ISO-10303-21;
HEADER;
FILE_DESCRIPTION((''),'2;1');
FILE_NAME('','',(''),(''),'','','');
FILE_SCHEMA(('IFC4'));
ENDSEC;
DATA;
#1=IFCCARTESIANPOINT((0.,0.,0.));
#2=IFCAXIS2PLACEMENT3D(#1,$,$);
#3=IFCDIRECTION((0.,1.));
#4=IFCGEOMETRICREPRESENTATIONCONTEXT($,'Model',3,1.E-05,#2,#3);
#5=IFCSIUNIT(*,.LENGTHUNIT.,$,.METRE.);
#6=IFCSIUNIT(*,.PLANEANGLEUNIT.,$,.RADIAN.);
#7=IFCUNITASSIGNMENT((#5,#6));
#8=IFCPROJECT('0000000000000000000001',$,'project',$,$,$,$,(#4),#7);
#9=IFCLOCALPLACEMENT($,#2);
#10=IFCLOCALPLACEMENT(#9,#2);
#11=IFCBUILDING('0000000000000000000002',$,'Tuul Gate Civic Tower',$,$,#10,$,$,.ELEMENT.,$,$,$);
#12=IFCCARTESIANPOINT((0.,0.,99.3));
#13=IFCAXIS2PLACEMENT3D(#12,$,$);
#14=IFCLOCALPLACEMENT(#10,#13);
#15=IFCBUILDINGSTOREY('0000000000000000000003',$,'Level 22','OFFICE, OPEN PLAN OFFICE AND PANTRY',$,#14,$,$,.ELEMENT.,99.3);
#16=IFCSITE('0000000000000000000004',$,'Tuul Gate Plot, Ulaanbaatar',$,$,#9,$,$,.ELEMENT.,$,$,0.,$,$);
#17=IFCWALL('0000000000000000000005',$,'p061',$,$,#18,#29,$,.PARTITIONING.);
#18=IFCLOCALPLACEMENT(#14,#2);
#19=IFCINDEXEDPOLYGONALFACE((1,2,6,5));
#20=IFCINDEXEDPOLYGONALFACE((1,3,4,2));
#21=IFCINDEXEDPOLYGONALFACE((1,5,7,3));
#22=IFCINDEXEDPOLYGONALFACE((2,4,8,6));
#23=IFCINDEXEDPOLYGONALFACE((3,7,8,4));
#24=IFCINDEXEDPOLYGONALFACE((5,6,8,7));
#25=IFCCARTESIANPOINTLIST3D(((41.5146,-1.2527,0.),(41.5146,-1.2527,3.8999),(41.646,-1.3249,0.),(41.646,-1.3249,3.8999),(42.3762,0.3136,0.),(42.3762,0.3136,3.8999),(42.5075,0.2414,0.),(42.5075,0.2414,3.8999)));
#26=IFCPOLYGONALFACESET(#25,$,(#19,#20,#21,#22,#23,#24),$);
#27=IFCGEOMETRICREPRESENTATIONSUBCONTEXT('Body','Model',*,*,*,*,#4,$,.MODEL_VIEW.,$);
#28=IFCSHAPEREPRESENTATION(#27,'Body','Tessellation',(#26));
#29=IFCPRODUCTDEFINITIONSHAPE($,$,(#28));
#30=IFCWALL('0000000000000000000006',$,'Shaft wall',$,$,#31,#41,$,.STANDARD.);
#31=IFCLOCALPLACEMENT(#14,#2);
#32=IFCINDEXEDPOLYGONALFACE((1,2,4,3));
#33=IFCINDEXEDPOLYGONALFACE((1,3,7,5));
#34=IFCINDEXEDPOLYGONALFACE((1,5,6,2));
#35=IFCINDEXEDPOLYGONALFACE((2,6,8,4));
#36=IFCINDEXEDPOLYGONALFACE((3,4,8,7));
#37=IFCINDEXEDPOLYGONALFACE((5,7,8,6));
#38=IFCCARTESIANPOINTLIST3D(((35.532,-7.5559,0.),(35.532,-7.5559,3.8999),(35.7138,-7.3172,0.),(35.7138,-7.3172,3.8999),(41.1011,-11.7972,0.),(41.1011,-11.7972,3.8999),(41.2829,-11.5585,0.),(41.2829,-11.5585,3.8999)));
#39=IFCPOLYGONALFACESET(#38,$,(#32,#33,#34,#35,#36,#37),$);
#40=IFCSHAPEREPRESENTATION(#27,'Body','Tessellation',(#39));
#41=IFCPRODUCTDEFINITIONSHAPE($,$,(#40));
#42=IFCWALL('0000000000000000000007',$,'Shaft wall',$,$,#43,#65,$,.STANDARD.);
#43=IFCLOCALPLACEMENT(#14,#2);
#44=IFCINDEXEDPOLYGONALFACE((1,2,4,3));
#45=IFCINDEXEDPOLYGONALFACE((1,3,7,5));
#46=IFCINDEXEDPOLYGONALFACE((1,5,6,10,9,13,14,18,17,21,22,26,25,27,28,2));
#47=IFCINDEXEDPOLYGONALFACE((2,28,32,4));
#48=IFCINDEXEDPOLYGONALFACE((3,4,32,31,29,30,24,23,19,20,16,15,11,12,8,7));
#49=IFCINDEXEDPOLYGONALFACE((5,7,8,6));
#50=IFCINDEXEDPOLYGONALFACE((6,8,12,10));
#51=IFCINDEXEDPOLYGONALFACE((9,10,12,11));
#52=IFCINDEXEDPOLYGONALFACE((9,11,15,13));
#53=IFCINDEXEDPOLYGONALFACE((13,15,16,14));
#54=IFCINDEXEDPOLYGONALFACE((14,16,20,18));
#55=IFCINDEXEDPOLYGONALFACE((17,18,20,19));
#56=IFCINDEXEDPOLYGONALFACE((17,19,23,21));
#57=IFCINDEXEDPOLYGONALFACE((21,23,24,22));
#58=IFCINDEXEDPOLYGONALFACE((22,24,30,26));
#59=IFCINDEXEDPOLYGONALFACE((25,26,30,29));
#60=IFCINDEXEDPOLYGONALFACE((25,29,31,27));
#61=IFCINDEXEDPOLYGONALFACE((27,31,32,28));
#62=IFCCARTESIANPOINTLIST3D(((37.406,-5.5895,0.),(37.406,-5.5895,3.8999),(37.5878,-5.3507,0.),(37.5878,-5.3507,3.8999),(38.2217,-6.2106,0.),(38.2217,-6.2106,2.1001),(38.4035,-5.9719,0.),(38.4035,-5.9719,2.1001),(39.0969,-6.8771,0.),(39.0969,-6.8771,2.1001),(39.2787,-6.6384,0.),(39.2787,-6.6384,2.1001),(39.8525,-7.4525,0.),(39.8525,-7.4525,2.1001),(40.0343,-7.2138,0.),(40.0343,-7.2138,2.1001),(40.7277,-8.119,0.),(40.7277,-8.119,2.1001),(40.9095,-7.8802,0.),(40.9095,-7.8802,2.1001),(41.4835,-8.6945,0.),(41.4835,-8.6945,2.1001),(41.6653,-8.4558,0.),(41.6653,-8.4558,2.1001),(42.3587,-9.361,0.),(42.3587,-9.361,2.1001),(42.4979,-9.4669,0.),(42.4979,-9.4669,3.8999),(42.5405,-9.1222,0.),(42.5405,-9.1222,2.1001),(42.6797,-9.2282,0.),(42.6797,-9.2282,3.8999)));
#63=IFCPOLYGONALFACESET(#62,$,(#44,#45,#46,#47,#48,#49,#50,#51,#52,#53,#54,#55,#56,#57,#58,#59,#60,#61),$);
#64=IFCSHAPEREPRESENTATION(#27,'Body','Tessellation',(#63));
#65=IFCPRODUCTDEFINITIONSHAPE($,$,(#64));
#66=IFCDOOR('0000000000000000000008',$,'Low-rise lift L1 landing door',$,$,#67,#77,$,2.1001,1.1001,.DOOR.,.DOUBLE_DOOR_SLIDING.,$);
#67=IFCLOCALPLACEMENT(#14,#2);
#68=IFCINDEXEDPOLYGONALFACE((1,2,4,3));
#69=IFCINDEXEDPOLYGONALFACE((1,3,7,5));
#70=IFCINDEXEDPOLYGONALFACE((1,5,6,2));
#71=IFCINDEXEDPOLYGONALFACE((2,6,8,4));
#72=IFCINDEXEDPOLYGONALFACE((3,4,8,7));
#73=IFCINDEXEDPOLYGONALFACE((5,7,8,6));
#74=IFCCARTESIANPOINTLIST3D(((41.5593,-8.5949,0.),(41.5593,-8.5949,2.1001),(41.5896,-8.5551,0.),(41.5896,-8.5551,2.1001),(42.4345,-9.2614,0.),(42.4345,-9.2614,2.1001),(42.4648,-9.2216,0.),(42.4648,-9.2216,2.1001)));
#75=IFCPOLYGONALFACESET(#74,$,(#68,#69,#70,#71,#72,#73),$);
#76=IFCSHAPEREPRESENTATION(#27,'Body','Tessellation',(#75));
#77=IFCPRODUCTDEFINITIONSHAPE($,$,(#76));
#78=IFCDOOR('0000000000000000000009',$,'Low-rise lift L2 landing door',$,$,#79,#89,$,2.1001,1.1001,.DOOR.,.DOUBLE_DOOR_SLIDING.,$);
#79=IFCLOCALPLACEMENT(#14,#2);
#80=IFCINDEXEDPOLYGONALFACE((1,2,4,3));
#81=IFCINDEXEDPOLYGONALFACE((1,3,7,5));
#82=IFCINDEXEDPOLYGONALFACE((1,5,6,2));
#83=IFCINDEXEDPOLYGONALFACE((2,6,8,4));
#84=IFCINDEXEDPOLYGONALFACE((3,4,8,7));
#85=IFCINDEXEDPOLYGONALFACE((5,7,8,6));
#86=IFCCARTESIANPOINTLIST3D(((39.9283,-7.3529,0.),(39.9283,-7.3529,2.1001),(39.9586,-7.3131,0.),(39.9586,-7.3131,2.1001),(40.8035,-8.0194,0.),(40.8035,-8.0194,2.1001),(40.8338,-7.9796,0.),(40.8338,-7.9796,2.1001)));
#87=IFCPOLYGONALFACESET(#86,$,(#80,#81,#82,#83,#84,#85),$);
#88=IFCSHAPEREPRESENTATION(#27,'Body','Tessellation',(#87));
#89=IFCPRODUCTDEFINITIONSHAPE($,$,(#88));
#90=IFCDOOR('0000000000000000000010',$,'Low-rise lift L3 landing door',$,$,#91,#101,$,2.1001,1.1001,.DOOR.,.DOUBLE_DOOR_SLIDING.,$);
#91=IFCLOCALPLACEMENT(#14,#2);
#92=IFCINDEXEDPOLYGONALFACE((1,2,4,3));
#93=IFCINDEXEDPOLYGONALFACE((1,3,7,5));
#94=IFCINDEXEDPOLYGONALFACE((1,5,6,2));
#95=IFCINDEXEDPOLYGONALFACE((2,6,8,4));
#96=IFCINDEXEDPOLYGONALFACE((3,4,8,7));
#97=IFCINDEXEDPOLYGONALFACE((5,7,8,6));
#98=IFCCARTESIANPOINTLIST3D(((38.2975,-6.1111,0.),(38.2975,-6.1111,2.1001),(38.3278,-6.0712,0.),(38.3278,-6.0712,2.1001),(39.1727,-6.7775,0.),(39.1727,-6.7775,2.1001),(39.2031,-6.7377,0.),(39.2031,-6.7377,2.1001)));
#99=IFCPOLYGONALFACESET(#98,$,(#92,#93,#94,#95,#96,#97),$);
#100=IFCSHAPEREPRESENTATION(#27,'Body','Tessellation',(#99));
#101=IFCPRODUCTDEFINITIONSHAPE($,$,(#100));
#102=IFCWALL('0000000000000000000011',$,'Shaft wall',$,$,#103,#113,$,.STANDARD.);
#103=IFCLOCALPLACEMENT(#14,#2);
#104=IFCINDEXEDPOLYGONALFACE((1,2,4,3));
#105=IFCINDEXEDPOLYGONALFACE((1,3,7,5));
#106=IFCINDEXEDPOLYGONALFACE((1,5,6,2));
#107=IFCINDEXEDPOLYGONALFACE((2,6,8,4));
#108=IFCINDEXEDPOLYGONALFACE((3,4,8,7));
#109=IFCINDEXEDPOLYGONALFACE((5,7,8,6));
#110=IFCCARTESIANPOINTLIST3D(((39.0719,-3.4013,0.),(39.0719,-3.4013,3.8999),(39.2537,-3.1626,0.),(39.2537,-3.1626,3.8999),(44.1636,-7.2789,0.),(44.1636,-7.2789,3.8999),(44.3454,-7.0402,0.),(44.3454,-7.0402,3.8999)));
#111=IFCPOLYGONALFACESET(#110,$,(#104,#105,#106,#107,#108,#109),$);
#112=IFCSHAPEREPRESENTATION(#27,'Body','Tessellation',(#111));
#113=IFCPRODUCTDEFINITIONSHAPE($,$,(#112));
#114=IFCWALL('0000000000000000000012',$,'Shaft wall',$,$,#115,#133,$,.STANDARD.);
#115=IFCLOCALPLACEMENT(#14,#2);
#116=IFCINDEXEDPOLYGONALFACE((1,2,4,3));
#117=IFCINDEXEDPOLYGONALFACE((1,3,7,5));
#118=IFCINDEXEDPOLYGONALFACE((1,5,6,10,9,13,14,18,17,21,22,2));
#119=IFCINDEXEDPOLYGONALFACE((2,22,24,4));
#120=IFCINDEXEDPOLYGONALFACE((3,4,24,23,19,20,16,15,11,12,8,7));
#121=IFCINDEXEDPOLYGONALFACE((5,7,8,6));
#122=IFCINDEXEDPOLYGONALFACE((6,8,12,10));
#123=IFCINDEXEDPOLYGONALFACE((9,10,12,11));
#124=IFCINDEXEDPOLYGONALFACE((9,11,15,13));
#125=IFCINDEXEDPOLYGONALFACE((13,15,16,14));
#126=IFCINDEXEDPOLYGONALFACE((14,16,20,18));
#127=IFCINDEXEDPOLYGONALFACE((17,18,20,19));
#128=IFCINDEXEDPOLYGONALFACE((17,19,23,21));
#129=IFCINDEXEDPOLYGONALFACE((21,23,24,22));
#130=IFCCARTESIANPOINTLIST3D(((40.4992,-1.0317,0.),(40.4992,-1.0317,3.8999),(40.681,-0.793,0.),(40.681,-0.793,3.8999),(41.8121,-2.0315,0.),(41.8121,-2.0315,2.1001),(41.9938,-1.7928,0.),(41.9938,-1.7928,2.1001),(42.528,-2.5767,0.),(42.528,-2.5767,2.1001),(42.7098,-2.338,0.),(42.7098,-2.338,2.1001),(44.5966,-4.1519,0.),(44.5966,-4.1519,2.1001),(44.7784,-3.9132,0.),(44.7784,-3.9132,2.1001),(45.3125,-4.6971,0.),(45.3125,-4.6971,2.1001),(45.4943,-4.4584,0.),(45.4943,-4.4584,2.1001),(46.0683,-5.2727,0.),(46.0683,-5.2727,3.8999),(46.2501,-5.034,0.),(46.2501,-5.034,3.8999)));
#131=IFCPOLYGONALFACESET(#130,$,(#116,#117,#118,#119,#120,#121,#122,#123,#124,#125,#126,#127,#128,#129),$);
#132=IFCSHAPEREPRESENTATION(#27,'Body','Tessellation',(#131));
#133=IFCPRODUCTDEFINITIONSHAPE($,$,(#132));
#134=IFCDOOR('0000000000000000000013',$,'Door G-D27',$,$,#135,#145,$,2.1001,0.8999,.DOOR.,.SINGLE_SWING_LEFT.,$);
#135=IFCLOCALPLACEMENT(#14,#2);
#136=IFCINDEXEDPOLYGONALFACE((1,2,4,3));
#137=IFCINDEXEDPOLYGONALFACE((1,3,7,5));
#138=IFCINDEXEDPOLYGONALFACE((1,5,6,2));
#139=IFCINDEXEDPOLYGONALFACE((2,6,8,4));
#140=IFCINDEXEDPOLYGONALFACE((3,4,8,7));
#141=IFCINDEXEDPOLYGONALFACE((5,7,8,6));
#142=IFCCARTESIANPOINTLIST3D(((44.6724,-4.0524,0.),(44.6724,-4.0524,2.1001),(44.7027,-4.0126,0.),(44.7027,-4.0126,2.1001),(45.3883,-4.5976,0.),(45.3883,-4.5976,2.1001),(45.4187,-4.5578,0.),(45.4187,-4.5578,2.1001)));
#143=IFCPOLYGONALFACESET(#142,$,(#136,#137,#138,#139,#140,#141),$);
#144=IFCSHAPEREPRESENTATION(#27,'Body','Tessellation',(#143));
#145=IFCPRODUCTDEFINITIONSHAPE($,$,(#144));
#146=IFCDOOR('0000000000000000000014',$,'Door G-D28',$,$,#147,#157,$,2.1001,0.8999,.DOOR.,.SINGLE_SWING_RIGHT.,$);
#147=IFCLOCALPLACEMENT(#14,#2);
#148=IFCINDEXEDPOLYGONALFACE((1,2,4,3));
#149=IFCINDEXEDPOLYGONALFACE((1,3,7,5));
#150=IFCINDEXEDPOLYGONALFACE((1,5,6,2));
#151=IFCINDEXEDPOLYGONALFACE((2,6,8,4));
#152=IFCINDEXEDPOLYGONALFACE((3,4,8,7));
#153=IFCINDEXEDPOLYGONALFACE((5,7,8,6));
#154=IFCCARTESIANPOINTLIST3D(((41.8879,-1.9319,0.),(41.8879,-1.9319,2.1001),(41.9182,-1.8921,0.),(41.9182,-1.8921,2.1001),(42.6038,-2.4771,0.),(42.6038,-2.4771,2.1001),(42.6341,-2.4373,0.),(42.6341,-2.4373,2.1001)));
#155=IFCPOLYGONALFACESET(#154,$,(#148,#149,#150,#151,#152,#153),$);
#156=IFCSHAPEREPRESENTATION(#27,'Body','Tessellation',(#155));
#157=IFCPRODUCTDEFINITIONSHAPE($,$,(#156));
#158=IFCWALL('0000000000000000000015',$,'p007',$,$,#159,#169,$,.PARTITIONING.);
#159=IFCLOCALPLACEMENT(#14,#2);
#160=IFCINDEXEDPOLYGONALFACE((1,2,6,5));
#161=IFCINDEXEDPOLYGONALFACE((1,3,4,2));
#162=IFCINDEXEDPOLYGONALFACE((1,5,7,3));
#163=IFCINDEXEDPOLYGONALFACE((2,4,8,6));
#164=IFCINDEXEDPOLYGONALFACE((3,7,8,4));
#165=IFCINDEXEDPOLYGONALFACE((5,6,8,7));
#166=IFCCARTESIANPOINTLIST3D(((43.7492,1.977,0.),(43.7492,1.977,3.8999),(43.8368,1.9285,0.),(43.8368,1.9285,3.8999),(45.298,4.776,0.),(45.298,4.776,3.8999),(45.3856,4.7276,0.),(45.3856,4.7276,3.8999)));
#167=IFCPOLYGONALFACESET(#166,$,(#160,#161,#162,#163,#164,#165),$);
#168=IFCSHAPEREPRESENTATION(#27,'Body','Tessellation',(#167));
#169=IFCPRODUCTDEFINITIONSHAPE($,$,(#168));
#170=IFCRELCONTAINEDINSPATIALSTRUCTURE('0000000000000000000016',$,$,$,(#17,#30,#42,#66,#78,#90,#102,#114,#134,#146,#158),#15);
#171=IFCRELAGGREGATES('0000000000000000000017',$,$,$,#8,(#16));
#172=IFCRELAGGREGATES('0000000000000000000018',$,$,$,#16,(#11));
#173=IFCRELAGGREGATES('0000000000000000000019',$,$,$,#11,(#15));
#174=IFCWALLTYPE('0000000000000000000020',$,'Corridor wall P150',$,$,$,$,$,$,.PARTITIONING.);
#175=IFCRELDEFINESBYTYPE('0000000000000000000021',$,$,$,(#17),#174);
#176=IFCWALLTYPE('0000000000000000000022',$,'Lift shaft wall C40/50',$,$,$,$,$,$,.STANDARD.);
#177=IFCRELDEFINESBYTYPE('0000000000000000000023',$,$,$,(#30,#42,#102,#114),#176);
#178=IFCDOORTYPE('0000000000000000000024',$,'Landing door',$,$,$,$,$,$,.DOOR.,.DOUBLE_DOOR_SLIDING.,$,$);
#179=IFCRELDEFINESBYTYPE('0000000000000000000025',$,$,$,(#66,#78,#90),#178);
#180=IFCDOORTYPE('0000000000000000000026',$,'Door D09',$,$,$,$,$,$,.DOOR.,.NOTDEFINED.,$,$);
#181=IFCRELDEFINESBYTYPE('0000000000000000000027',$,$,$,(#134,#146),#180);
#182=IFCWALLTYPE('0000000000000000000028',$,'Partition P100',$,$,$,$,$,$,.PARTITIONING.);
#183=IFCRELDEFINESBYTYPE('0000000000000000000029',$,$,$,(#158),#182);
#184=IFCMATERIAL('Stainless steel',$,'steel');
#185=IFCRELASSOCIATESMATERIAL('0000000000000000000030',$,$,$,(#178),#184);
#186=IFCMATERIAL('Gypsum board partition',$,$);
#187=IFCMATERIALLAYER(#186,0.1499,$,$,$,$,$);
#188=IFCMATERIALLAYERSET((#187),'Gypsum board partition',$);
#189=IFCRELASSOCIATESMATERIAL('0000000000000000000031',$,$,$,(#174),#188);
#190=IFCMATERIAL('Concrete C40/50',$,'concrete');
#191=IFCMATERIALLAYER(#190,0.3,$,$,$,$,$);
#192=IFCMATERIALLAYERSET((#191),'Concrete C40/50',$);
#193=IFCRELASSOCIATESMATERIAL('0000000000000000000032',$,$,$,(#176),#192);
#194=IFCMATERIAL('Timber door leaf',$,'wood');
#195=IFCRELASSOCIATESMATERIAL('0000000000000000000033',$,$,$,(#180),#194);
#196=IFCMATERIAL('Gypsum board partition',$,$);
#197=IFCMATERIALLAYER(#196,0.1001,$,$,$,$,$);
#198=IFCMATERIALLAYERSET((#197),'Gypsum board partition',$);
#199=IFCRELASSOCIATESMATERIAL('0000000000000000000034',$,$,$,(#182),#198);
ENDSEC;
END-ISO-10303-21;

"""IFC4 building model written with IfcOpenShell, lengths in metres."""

from ifc_helpers import new_model, si_unit, direction, frame, frame_2d, origin, place, context, subcontext, project, spatial, rectangle, extrude, material, layer, layer_set, type_object, element, fill, save


model = new_model("IFC4")

# Units and contexts
model_context = context("Model", 3, precision=1e-05, world=origin(), true_north=direction((0.0, 1.0)))
body_context = subcontext(model_context, "Body", "Model", "MODEL_VIEW")
ifc_project = project(units=[si_unit("LENGTHUNIT", "METRE"), si_unit("PLANEANGLEUNIT", "RADIAN")], contexts=[model_context])

# Site, building, storey
site_placement = place(None, origin())
site = spatial("IfcSite", under=ifc_project, at=site_placement, Name="Tuul Gate Plot, Ulaanbaatar", CompositionType="ELEMENT", RefElevation=0.0)
building_placement = place(site_placement, origin())
building = spatial("IfcBuilding", under=site, at=building_placement, Name="Tuul Gate Civic Tower", CompositionType="ELEMENT")
storey_placement = place(building_placement, frame((0.0, 0.0, 99.3)))
storey = spatial("IfcBuildingStorey", under=building, at=storey_placement, Name="Level 22", Description="OFFICE, OPEN PLAN OFFICE AND PANTRY", CompositionType="ELEMENT", Elevation=99.3)

# Shared definitions
ifc_material_1 = material(Name="Stainless steel", Category="steel")
door_type_1 = type_object("IfcDoorType", Name="Landing door", OperationType="DOUBLE_DOOR_SLIDING", PredefinedType="DOOR", material=ifc_material_1)

# Walls
ifc_material_2 = material(Name="Gypsum board partition")
ifc_layer_1 = layer(ifc_material_2, 0.1499)
ifc_layer_set_1 = layer_set([ifc_layer_1], Name="Gypsum board partition")
wall_type_1 = type_object("IfcWallType", Name="Corridor wall P150", PredefinedType="PARTITIONING", material=ifc_layer_set_1)
wall_1_placement = place(storey_placement, frame((41.5803, -1.2888, 0.0), z_axis=(0.0, 0.0, 1.0), x_axis=(0.48194, 0.876204, 0.0)))
element("IfcWall", 1, at=wall_1_placement, inside=storey, type_object=wall_type_1, Name="p061", PredefinedType="PARTITIONING", context=body_context, shape_type="SweptSolid", body=[
    extrude(rectangle(XDim=1.7876, YDim=0.1499, at=frame_2d((0.8938, 0.0))), origin(), (0.0, 0.0, 1.0), 3.8999),
])
ifc_material_3 = material(Name="Concrete C40/50", Category="concrete")
ifc_layer_2 = layer(ifc_material_3, 0.3)
ifc_layer_set_2 = layer_set([ifc_layer_2], Name="Concrete C40/50")
wall_type_2 = type_object("IfcWallType", Name="Lift shaft wall C40/50", PredefinedType="STANDARD", material=ifc_layer_set_2)
wall_2_placement = place(storey_placement, frame((41.1919, -11.6777, 0.0), z_axis=(0.0, 0.0, 1.0), x_axis=(-0.795563, 0.605871, 0.0)))
element("IfcWall", 2, at=wall_2_placement, inside=storey, type_object=wall_type_2, Name="Shaft wall", PredefinedType="STANDARD", context=body_context, shape_type="SweptSolid", body=[
    extrude(rectangle(XDim=7.0002, YDim=0.3, at=frame_2d((3.5, 0.0))), origin(), (0.0, 0.0, 1.0), 3.8999),
])

# Wall, openings, doors
wall_3_placement = place(storey_placement, frame((42.5889, -9.3477, 0.0), z_axis=(0.0, 0.0, 1.0), x_axis=(-0.795584, 0.605843, 0.0)))
wall_3 = element("IfcWall", 3, at=wall_3_placement, inside=storey, type_object=wall_type_2, Name="Shaft wall", PredefinedType="STANDARD", context=body_context, shape_type="SweptSolid", body=[
    extrude(rectangle(XDim=6.4001, YDim=0.3, at=frame_2d((3.2002, 0.0))), origin(), (0.0, 0.0, 1.0), 3.8999),
])
opening_1_placement = place(wall_3_placement, frame((0.175, 0.0, 0.0)))
opening_1 = element("IfcOpeningElement", 4, at=opening_1_placement, cuts=wall_3, PredefinedType="OPENING", context=body_context, shape_type="SweptSolid", body=[
    extrude(rectangle(XDim=1.1001, YDim=2.1001, at=frame_2d((0.55, 1.05))), frame((0.0, 0.1602, 0.0), z_axis=(0.0, -1.0, 0.0), x_axis=(1.0, 0.0, 0.0)), (0.0, 0.0, 1.0), 0.3201),
])
opening_2_placement = place(wall_3_placement, frame((2.2251, 0.0, 0.0)))
opening_2 = element("IfcOpeningElement", 5, at=opening_2_placement, cuts=wall_3, PredefinedType="OPENING", context=body_context, shape_type="SweptSolid", body=[
    extrude(rectangle(XDim=1.1001, YDim=2.1001, at=frame_2d((0.55, 1.05))), frame((0.0, 0.1602, 0.0), z_axis=(0.0, -1.0, 0.0), x_axis=(1.0, 0.0, 0.0)), (0.0, 0.0, 1.0), 0.3201),
])
opening_3_placement = place(wall_3_placement, frame((4.2749, 0.0, 0.0)))
opening_3 = element("IfcOpeningElement", 6, at=opening_3_placement, cuts=wall_3, PredefinedType="OPENING", context=body_context, shape_type="SweptSolid", body=[
    extrude(rectangle(XDim=1.1001, YDim=2.1001, at=frame_2d((0.55, 1.05))), frame((0.0, 0.1602, 0.0), z_axis=(0.0, -1.0, 0.0), x_axis=(1.0, 0.0, 0.0)), (0.0, 0.0, 1.0), 0.3201),
])
door_1_placement = place(opening_1_placement, origin())
door_1 = element("IfcDoor", 7, at=door_1_placement, inside=storey, type_object=door_type_1, Name="Low-rise lift L1 landing door", OperationType="DOUBLE_DOOR_SLIDING", OverallHeight=2.1001, OverallWidth=1.1001, PredefinedType="DOOR", context=body_context, shape_type="SweptSolid", body=[
    extrude(rectangle(XDim=1.1001, YDim=2.1001, at=frame_2d((0.55, 1.05))), frame((0.0, 0.0249, 0.0), z_axis=(0.0, -1.0, 0.0), x_axis=(1.0, 0.0, 0.0)), (0.0, 0.0, 1.0), 0.05),
])
fill(opening_1, door_1)
door_2_placement = place(opening_2_placement, origin())
door_2 = element("IfcDoor", 8, at=door_2_placement, inside=storey, type_object=door_type_1, Name="Low-rise lift L2 landing door", OperationType="DOUBLE_DOOR_SLIDING", OverallHeight=2.1001, OverallWidth=1.1001, PredefinedType="DOOR", context=body_context, shape_type="SweptSolid", body=[
    extrude(rectangle(XDim=1.1001, YDim=2.1001, at=frame_2d((0.55, 1.05))), frame((0.0, 0.0249, 0.0), z_axis=(0.0, -1.0, 0.0), x_axis=(1.0, 0.0, 0.0)), (0.0, 0.0, 1.0), 0.05),
])
fill(opening_2, door_2)
door_3_placement = place(opening_3_placement, origin())
door_3 = element("IfcDoor", 9, at=door_3_placement, inside=storey, type_object=door_type_1, Name="Low-rise lift L3 landing door", OperationType="DOUBLE_DOOR_SLIDING", OverallHeight=2.1001, OverallWidth=1.1001, PredefinedType="DOOR", context=body_context, shape_type="SweptSolid", body=[
    extrude(rectangle(XDim=1.1001, YDim=2.1001, at=frame_2d((0.55, 1.05))), frame((0.0, 0.0249, 0.0), z_axis=(0.0, -1.0, 0.0), x_axis=(1.0, 0.0, 0.0)), (0.0, 0.0, 1.0), 0.05),
])
fill(opening_3, door_3)

# Wall
wall_4_placement = place(storey_placement, frame((44.2546, -7.1597, 0.0), z_axis=(0.0, 0.0, 1.0), x_axis=(-0.795566, 0.605867, 0.0)))
element("IfcWall", 10, at=wall_4_placement, inside=storey, type_object=wall_type_2, Name="Shaft wall", PredefinedType="STANDARD", context=body_context, shape_type="SweptSolid", body=[
    extrude(rectangle(XDim=6.4001, YDim=0.3, at=frame_2d((3.2002, 0.0))), origin(), (0.0, 0.0, 1.0), 3.8999),
])

# Wall, openings, doors
wall_5_placement = place(storey_placement, frame((46.1592, -5.1533, 0.0), z_axis=(0.0, 0.0, 1.0), x_axis=(-0.79558, 0.605849, 0.0)))
wall_5 = element("IfcWall", 11, at=wall_5_placement, inside=storey, type_object=wall_type_2, Name="Shaft wall", PredefinedType="STANDARD", context=body_context, shape_type="SweptSolid", body=[
    extrude(rectangle(XDim=7.0, YDim=0.3, at=frame_2d((3.5, 0.0))), origin(), (0.0, 0.0, 1.0), 3.8999),
])
opening_4_placement = place(wall_5_placement, frame((0.95, 0.0, 0.0)))
opening_4 = element("IfcOpeningElement", 12, at=opening_4_placement, cuts=wall_5, PredefinedType="OPENING", context=body_context, shape_type="SweptSolid", body=[
    extrude(rectangle(XDim=0.8999, YDim=2.1001, at=frame_2d((0.45, 1.05))), frame((0.0, 0.1602, 0.0), z_axis=(0.0, -1.0, 0.0), x_axis=(1.0, 0.0, 0.0)), (0.0, 0.0, 1.0), 0.3201),
])
opening_5_placement = place(wall_5_placement, frame((4.45, 0.0, 0.0)))
opening_5 = element("IfcOpeningElement", 13, at=opening_5_placement, cuts=wall_5, PredefinedType="OPENING", context=body_context, shape_type="SweptSolid", body=[
    extrude(rectangle(XDim=0.8999, YDim=2.1001, at=frame_2d((0.45, 1.05))), frame((0.0, 0.1602, 0.0), z_axis=(0.0, -1.0, 0.0), x_axis=(1.0, 0.0, 0.0)), (0.0, 0.0, 1.0), 0.3201),
])
ifc_material_4 = material(Name="Timber door leaf", Category="wood")
door_type_2 = type_object("IfcDoorType", Name="Door D09", OperationType="NOTDEFINED", PredefinedType="DOOR", material=ifc_material_4)
door_4_placement = place(opening_4_placement, origin())
door_4 = element("IfcDoor", 14, at=door_4_placement, inside=storey, type_object=door_type_2, Name="Door G-D27", OperationType="SINGLE_SWING_LEFT", OverallHeight=2.1001, OverallWidth=0.8999, PredefinedType="DOOR", context=body_context, shape_type="SweptSolid", body=[
    extrude(rectangle(XDim=0.8999, YDim=2.1001, at=frame_2d((0.45, 1.05))), frame((0.0, 0.0249, 0.0), z_axis=(0.0, -1.0, 0.0), x_axis=(1.0, 0.0, 0.0)), (0.0, 0.0, 1.0), 0.05),
])
fill(opening_4, door_4)
door_5_placement = place(opening_5_placement, origin())
door_5 = element("IfcDoor", 15, at=door_5_placement, inside=storey, type_object=door_type_2, Name="Door G-D28", OperationType="SINGLE_SWING_RIGHT", OverallHeight=2.1001, OverallWidth=0.8999, PredefinedType="DOOR", context=body_context, shape_type="SweptSolid", body=[
    extrude(rectangle(XDim=0.8999, YDim=2.1001, at=frame_2d((0.45, 1.05))), frame((0.0, 0.0249, 0.0), z_axis=(0.0, -1.0, 0.0), x_axis=(1.0, 0.0, 0.0)), (0.0, 0.0, 1.0), 0.05),
])
fill(opening_5, door_5)

# Wall
ifc_material_5 = material(Name="Gypsum board partition")
ifc_layer_3 = layer(ifc_material_5, 0.1001)
ifc_layer_set_3 = layer_set([ifc_layer_3], Name="Gypsum board partition")
wall_type_3 = type_object("IfcWallType", Name="Partition P100", PredefinedType="PARTITIONING", material=ifc_layer_set_3)
wall_6_placement = place(storey_placement, frame((43.793, 1.9526, 0.0), z_axis=(0.0, 0.0, 1.0), x_axis=(0.484158, 0.87498, 0.0)))
element("IfcWall", 16, at=wall_6_placement, inside=storey, type_object=wall_type_3, Name="p007", PredefinedType="PARTITIONING", context=body_context, shape_type="SweptSolid", body=[
    extrude(rectangle(XDim=3.199, YDim=0.1001, at=frame_2d((1.5996, 0.0))), origin(), (0.0, 0.0, 1.0), 3.8999),
])

save(model, "model.ifc")
